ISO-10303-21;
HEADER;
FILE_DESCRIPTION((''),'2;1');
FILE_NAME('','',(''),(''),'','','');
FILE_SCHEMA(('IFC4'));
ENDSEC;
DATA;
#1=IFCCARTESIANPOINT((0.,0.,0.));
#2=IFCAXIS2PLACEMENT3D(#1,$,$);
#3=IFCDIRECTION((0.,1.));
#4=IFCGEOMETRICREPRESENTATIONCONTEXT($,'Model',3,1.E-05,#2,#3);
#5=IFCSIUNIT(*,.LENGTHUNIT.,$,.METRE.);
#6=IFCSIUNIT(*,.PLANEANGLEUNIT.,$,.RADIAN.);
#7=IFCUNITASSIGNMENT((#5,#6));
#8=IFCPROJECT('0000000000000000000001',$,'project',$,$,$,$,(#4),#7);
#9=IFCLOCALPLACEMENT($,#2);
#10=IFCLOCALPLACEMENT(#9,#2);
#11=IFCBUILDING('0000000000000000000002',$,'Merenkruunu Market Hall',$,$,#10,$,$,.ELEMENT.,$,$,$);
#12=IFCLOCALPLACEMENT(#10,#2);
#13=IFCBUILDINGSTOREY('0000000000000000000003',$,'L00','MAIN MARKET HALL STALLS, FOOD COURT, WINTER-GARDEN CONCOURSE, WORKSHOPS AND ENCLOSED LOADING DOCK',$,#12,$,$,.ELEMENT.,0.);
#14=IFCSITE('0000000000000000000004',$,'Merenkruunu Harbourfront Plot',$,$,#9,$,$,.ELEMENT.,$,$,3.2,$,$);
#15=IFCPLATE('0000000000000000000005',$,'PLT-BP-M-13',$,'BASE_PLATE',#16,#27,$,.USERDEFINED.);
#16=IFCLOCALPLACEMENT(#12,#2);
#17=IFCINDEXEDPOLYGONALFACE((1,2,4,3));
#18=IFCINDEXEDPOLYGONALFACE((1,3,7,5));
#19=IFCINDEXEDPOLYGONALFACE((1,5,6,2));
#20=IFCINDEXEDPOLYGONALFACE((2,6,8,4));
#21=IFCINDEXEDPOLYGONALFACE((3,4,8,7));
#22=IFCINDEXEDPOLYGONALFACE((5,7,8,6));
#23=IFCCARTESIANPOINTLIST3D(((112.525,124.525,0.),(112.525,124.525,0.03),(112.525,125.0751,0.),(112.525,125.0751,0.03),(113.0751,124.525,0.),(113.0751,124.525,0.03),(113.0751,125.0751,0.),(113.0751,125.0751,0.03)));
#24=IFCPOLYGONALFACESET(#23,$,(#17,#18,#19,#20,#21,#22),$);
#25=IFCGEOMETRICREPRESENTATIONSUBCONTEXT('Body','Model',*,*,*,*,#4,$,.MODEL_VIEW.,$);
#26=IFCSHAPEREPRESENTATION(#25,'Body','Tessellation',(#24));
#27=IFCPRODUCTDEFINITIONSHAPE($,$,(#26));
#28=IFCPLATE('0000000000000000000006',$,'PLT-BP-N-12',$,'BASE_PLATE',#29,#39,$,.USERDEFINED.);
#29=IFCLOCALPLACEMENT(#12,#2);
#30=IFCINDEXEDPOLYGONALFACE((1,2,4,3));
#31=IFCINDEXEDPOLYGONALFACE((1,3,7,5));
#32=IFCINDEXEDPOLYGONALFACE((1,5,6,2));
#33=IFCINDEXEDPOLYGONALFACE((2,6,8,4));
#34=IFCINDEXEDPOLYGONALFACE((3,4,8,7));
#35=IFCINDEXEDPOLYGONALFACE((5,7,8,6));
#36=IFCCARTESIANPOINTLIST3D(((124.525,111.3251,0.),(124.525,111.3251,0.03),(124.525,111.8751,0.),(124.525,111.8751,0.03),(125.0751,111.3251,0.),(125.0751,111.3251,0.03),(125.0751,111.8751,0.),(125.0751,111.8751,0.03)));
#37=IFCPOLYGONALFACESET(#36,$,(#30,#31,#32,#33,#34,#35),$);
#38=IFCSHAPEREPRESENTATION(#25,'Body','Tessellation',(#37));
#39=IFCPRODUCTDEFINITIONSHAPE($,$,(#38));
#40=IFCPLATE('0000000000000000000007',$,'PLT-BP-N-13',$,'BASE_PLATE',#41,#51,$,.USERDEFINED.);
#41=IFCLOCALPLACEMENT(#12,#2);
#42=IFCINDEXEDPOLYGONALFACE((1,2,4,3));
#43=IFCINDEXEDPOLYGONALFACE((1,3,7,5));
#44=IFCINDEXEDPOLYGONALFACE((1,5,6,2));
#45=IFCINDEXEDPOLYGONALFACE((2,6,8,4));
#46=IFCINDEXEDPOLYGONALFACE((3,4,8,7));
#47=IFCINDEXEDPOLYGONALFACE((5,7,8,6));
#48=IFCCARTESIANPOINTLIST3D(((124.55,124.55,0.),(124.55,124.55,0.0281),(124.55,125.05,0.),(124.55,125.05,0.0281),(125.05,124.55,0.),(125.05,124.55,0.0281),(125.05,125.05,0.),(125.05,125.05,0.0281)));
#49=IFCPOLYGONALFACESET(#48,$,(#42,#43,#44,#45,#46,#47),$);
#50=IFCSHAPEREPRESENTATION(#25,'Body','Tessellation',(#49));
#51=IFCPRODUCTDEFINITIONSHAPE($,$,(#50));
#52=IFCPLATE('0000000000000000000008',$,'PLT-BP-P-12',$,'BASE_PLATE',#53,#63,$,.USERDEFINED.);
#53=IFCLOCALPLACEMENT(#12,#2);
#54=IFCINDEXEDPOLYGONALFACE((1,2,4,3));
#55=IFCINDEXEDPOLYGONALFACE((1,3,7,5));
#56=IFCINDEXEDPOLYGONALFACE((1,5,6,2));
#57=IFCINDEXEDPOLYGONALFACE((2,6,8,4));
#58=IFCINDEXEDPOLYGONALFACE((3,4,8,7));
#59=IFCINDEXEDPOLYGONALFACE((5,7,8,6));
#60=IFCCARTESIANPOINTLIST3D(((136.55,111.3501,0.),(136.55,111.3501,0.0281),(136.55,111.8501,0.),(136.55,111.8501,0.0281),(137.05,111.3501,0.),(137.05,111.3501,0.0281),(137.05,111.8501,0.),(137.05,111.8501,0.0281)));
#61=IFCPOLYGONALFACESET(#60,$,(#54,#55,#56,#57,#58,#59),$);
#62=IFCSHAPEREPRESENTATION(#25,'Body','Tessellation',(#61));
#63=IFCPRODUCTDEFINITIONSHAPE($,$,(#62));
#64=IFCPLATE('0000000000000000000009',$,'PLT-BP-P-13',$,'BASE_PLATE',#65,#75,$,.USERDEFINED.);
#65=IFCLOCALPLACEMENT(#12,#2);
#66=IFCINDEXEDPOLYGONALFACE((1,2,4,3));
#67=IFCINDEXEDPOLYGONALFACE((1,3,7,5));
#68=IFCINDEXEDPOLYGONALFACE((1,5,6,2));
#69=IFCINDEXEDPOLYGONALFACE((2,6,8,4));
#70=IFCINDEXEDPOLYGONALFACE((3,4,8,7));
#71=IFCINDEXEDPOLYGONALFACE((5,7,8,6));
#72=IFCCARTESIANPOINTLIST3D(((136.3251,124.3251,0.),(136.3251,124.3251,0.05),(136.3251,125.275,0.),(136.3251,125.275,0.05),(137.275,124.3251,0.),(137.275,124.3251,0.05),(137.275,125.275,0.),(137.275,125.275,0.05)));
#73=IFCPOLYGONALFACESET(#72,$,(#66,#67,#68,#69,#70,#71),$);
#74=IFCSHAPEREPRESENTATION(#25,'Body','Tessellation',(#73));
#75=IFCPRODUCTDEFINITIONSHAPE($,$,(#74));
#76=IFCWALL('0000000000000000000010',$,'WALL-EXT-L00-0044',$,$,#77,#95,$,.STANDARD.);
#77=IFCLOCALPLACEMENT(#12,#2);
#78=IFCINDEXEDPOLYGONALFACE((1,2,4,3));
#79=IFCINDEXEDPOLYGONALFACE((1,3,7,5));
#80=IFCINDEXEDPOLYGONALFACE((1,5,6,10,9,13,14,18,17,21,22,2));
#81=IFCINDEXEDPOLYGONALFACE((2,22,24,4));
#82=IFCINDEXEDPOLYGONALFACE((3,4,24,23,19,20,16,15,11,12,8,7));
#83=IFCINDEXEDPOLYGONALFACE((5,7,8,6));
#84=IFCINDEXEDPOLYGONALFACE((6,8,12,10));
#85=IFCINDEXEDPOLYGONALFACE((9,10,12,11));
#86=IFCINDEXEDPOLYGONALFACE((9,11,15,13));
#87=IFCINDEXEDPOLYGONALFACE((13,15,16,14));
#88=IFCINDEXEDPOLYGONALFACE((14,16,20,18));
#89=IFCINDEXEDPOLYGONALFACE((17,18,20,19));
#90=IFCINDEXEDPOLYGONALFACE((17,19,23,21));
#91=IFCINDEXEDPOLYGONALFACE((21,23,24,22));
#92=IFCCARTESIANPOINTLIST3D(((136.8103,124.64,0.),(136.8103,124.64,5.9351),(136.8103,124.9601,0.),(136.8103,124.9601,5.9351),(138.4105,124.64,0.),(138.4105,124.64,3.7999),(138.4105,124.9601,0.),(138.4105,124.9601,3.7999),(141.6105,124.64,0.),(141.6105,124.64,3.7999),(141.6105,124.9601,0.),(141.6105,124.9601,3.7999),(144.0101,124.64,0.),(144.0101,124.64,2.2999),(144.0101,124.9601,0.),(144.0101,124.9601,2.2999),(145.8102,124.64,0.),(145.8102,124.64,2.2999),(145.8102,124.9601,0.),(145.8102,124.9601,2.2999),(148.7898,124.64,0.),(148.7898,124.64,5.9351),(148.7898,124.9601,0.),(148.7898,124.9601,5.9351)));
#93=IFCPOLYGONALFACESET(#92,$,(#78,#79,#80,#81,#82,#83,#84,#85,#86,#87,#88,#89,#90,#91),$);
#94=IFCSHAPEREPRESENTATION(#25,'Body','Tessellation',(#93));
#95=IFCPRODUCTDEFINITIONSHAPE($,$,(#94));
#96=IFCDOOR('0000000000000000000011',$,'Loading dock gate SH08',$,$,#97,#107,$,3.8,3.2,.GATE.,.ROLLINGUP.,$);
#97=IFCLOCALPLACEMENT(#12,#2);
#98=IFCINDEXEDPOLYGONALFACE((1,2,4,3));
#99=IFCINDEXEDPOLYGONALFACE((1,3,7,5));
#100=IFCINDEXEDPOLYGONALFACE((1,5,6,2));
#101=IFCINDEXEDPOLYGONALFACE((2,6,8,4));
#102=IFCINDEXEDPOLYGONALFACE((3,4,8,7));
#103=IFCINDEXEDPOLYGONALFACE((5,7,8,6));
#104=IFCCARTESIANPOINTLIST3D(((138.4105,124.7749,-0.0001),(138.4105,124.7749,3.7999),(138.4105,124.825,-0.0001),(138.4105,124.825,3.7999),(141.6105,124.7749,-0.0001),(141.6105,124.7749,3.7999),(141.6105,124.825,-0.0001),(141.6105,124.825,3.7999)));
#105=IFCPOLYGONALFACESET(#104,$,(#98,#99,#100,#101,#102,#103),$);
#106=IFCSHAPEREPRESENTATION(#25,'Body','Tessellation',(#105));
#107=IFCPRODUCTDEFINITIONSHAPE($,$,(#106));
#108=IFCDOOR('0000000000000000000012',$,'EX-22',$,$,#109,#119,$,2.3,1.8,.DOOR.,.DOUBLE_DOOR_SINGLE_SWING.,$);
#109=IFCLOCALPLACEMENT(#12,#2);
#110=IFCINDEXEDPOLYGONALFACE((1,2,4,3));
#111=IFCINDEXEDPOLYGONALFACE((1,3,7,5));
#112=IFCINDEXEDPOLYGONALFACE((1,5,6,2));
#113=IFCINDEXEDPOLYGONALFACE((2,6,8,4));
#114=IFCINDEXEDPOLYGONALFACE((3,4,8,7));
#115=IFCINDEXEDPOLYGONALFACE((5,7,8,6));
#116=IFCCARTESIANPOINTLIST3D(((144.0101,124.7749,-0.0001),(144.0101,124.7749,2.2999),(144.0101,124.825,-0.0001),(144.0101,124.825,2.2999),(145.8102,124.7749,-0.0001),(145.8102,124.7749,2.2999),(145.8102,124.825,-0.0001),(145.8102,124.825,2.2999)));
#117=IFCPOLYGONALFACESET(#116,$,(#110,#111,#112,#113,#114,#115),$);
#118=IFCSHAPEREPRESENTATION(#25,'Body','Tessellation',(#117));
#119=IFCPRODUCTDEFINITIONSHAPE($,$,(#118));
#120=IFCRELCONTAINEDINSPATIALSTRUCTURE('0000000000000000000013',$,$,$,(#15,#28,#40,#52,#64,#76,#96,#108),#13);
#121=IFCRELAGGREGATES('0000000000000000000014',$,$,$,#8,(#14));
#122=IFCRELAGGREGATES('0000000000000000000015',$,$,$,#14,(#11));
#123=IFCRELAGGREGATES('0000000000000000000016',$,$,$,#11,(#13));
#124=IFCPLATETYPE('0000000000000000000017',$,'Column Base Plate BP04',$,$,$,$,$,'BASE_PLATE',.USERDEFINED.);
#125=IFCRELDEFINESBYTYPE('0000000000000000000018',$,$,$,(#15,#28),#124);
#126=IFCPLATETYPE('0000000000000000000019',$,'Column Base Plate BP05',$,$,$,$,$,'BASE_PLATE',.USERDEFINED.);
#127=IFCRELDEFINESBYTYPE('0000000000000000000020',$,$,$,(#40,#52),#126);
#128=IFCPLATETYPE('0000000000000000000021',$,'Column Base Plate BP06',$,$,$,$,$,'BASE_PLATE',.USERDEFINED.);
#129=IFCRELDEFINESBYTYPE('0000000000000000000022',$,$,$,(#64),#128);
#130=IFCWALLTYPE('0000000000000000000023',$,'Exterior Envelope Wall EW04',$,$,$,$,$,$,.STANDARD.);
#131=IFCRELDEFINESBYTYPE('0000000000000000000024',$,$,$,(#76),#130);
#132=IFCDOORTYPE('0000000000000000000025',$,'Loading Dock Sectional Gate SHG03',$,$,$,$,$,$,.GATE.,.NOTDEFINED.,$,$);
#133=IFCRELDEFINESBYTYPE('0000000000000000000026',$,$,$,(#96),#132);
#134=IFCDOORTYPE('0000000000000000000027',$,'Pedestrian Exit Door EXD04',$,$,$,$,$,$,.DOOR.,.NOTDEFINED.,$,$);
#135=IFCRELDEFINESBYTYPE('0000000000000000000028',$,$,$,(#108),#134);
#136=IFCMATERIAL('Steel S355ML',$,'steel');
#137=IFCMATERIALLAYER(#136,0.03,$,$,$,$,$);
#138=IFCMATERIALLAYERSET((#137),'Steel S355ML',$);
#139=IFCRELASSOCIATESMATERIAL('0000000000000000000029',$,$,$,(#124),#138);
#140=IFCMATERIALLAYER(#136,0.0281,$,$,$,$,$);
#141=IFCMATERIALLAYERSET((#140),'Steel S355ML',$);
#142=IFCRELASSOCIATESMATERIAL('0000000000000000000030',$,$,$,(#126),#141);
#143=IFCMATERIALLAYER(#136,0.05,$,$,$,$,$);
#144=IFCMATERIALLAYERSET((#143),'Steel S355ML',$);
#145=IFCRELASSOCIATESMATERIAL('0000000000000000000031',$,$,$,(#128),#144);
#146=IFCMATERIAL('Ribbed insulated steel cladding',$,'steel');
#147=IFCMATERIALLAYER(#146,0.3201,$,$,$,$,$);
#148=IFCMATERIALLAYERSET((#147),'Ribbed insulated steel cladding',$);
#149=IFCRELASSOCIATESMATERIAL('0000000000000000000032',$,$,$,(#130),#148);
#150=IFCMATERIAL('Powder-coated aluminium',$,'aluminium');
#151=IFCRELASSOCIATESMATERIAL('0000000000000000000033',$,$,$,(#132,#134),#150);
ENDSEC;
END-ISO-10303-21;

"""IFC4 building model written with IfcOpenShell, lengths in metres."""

from ifc_helpers import new_model, si_unit, direction, frame, frame_2d, origin, origin_2d, place, context, subcontext, project, spatial, rectangle, extrude, material, layer, layer_set, type_object, element, fill, save


model = new_model("IFC4")

# Units and contexts
model_context = context("Model", 3, precision=1e-05, world=origin(), true_north=direction((0.0, 1.0)))
body_context = subcontext(model_context, "Body", "Model", "MODEL_VIEW")
ifc_project = project(units=[si_unit("LENGTHUNIT", "METRE"), si_unit("PLANEANGLEUNIT", "RADIAN")], contexts=[model_context])

# Site, building, storey
site_placement = place(None, origin())
site = spatial("IfcSite", under=ifc_project, at=site_placement, Name="Merenkruunu Harbourfront Plot", CompositionType="ELEMENT", RefElevation=3.2)
building_placement = place(site_placement, origin())
building = spatial("IfcBuilding", under=site, at=building_placement, Name="Merenkruunu Market Hall", CompositionType="ELEMENT")
storey_placement = place(building_placement, origin())
storey = spatial("IfcBuildingStorey", under=building, at=storey_placement, Name="L00", Description="MAIN MARKET HALL STALLS, FOOD COURT, WINTER-GARDEN CONCOURSE, WORKSHOPS AND ENCLOSED LOADING DOCK", CompositionType="ELEMENT", Elevation=0.0)

# Plates
ifc_material_1 = material(Name="Steel S355ML", Category="steel")
ifc_layer_1 = layer(ifc_material_1, 0.03)
ifc_layer_set_1 = layer_set([ifc_layer_1], Name="Steel S355ML")
plate_type_1 = type_object("IfcPlateType", Name="Column Base Plate BP04", ElementType="BASE_PLATE", PredefinedType="USERDEFINED", material=ifc_layer_set_1)
for number, where, z_axis, x_axis, name in (
    (1, (112.8, 124.8, 0.0), (0.0, 0.0, 1.0), (1.0, 0.0, 0.0), "PLT-BP-M-13"),
    (2, (124.8, 111.6001, 0.0), (0.0, 0.0, 1.0), (1.0, 0.0, 0.0), "PLT-BP-N-12"),
):
    element("IfcPlate", number, at=place(storey_placement, frame(where, z_axis=z_axis, x_axis=x_axis)), inside=storey, type_object=plate_type_1, Name=name, ObjectType="BASE_PLATE", PredefinedType="USERDEFINED", context=body_context, shape_type="SweptSolid", body=[
        extrude(rectangle(XDim=0.55, YDim=0.55, at=origin_2d()), origin(), (0.0, 0.0, 1.0), 0.03),
    ])
ifc_layer_2 = layer(ifc_material_1, 0.0281)
ifc_layer_set_2 = layer_set([ifc_layer_2], Name="Steel S355ML")
plate_type_2 = type_object("IfcPlateType", Name="Column Base Plate BP05", ElementType="BASE_PLATE", PredefinedType="USERDEFINED", material=ifc_layer_set_2)
for number, where, z_axis, x_axis, name in (
    (3, (124.8, 124.8, 0.0), (0.0, 0.0, 1.0), (1.0, 0.0, 0.0), "PLT-BP-N-13"),
    (4, (136.8, 111.6001, 0.0), (0.0, 0.0, 1.0), (1.0, 0.0, 0.0), "PLT-BP-P-12"),
):
    element("IfcPlate", number, at=place(storey_placement, frame(where, z_axis=z_axis, x_axis=x_axis)), inside=storey, type_object=plate_type_2, Name=name, ObjectType="BASE_PLATE", PredefinedType="USERDEFINED", context=body_context, shape_type="SweptSolid", body=[
        extrude(rectangle(XDim=0.5, YDim=0.5, at=origin_2d()), origin(), (0.0, 0.0, 1.0), 0.0281),
    ])
ifc_layer_3 = layer(ifc_material_1, 0.05)
ifc_layer_set_3 = layer_set([ifc_layer_3], Name="Steel S355ML")
plate_type_3 = type_object("IfcPlateType", Name="Column Base Plate BP06", ElementType="BASE_PLATE", PredefinedType="USERDEFINED", material=ifc_layer_set_3)
plate_placement = place(storey_placement, frame((136.8, 124.8, 0.0), z_axis=(0.0, 0.0, 1.0), x_axis=(1.0, 0.0, 0.0)))
element("IfcPlate", 5, at=plate_placement, inside=storey, type_object=plate_type_3, Name="PLT-BP-P-13", ObjectType="BASE_PLATE", PredefinedType="USERDEFINED", context=body_context, shape_type="SweptSolid", body=[
    extrude(rectangle(XDim=0.95, YDim=0.95, at=origin_2d()), origin(), (0.0, 0.0, 1.0), 0.05),
])

# Shared definitions
ifc_material_2 = material(Name="Ribbed insulated steel cladding", Category="steel")
ifc_layer_4 = layer(ifc_material_2, 0.3201)
ifc_layer_set_4 = layer_set([ifc_layer_4], Name="Ribbed insulated steel cladding")
wall_type = type_object("IfcWallType", Name="Exterior Envelope Wall EW04", PredefinedType="STANDARD", material=ifc_layer_set_4)
ifc_material_3 = material(Name="Powder-coated aluminium", Category="aluminium")

# Wall, openings, doors
wall_1_placement = place(storey_placement, frame((136.8103, 124.8, 0.0), z_axis=(0.0, 0.0, 1.0), x_axis=(1.0, 0.0, 0.0)))
wall_1 = element("IfcWall", 6, at=wall_1_placement, inside=storey, type_object=wall_type, Name="WALL-EXT-L00-0044", PredefinedType="STANDARD", context=body_context, shape_type="SweptSolid", body=[
    extrude(rectangle(XDim=11.9795, YDim=0.3201, at=frame_2d((5.9897, 0.0))), origin(), (0.0, 0.0, 1.0), 5.9351),
])
opening_1_placement = place(wall_1_placement, frame((1.6001, 0.0, 0.0)))
opening_1 = element("IfcOpeningElement", 7, at=opening_1_placement, cuts=wall_1, PredefinedType="OPENING", context=body_context, shape_type="SweptSolid", body=[
    extrude(rectangle(XDim=3.2, YDim=3.8, at=frame_2d((1.6001, 1.8999))), frame((0.0, 0.1699, 0.0), z_axis=(0.0, -1.0, 0.0), x_axis=(1.0, 0.0, 0.0)), (0.0, 0.0, 1.0), 0.3401),
])
opening_2_placement = place(wall_1_placement, frame((7.2, 0.0, 0.0)))
opening_2 = element("IfcOpeningElement", 8, at=opening_2_placement, cuts=wall_1, PredefinedType="OPENING", context=body_context, shape_type="SweptSolid", body=[
    extrude(rectangle(XDim=1.8, YDim=2.3, at=frame_2d((0.8999, 1.1499))), frame((0.0, 0.1699, 0.0), z_axis=(0.0, -1.0, 0.0), x_axis=(1.0, 0.0, 0.0)), (0.0, 0.0, 1.0), 0.3401),
])
door_type_1 = type_object("IfcDoorType", Name="Loading Dock Sectional Gate SHG03", OperationType="NOTDEFINED", PredefinedType="GATE", material=ifc_material_3)
door_1_placement = place(opening_1_placement, origin())
door_1 = element("IfcDoor", 9, at=door_1_placement, inside=storey, type_object=door_type_1, Name="Loading dock gate SH08", OperationType="ROLLINGUP", OverallHeight=3.8, OverallWidth=3.2, PredefinedType="GATE", context=body_context, shape_type="SweptSolid", body=[
    extrude(rectangle(XDim=3.2, YDim=3.8, at=frame_2d((1.6001, 1.8999))), frame((0.0, 0.0249, 0.0), z_axis=(0.0, -1.0, 0.0), x_axis=(1.0, 0.0, 0.0)), (0.0, 0.0, 1.0), 0.05),
])
fill(opening_1, door_1)
door_type_2 = type_object("IfcDoorType", Name="Pedestrian Exit Door EXD04", OperationType="NOTDEFINED", PredefinedType="DOOR", material=ifc_material_3)
door_2_placement = place(opening_2_placement, origin())
door_2 = element("IfcDoor", 10, at=door_2_placement, inside=storey, type_object=door_type_2, Name="EX-22", OperationType="DOUBLE_DOOR_SINGLE_SWING", OverallHeight=2.3, OverallWidth=1.8, PredefinedType="DOOR", context=body_context, shape_type="SweptSolid", body=[
    extrude(rectangle(XDim=1.8, YDim=2.3, at=frame_2d((0.8999, 1.1499))), frame((0.0, 0.0249, 0.0), z_axis=(0.0, -1.0, 0.0), x_axis=(1.0, 0.0, 0.0)), (0.0, 0.0, 1.0), 0.05),
])
fill(opening_2, door_2)

save(model, "model.ifc")
